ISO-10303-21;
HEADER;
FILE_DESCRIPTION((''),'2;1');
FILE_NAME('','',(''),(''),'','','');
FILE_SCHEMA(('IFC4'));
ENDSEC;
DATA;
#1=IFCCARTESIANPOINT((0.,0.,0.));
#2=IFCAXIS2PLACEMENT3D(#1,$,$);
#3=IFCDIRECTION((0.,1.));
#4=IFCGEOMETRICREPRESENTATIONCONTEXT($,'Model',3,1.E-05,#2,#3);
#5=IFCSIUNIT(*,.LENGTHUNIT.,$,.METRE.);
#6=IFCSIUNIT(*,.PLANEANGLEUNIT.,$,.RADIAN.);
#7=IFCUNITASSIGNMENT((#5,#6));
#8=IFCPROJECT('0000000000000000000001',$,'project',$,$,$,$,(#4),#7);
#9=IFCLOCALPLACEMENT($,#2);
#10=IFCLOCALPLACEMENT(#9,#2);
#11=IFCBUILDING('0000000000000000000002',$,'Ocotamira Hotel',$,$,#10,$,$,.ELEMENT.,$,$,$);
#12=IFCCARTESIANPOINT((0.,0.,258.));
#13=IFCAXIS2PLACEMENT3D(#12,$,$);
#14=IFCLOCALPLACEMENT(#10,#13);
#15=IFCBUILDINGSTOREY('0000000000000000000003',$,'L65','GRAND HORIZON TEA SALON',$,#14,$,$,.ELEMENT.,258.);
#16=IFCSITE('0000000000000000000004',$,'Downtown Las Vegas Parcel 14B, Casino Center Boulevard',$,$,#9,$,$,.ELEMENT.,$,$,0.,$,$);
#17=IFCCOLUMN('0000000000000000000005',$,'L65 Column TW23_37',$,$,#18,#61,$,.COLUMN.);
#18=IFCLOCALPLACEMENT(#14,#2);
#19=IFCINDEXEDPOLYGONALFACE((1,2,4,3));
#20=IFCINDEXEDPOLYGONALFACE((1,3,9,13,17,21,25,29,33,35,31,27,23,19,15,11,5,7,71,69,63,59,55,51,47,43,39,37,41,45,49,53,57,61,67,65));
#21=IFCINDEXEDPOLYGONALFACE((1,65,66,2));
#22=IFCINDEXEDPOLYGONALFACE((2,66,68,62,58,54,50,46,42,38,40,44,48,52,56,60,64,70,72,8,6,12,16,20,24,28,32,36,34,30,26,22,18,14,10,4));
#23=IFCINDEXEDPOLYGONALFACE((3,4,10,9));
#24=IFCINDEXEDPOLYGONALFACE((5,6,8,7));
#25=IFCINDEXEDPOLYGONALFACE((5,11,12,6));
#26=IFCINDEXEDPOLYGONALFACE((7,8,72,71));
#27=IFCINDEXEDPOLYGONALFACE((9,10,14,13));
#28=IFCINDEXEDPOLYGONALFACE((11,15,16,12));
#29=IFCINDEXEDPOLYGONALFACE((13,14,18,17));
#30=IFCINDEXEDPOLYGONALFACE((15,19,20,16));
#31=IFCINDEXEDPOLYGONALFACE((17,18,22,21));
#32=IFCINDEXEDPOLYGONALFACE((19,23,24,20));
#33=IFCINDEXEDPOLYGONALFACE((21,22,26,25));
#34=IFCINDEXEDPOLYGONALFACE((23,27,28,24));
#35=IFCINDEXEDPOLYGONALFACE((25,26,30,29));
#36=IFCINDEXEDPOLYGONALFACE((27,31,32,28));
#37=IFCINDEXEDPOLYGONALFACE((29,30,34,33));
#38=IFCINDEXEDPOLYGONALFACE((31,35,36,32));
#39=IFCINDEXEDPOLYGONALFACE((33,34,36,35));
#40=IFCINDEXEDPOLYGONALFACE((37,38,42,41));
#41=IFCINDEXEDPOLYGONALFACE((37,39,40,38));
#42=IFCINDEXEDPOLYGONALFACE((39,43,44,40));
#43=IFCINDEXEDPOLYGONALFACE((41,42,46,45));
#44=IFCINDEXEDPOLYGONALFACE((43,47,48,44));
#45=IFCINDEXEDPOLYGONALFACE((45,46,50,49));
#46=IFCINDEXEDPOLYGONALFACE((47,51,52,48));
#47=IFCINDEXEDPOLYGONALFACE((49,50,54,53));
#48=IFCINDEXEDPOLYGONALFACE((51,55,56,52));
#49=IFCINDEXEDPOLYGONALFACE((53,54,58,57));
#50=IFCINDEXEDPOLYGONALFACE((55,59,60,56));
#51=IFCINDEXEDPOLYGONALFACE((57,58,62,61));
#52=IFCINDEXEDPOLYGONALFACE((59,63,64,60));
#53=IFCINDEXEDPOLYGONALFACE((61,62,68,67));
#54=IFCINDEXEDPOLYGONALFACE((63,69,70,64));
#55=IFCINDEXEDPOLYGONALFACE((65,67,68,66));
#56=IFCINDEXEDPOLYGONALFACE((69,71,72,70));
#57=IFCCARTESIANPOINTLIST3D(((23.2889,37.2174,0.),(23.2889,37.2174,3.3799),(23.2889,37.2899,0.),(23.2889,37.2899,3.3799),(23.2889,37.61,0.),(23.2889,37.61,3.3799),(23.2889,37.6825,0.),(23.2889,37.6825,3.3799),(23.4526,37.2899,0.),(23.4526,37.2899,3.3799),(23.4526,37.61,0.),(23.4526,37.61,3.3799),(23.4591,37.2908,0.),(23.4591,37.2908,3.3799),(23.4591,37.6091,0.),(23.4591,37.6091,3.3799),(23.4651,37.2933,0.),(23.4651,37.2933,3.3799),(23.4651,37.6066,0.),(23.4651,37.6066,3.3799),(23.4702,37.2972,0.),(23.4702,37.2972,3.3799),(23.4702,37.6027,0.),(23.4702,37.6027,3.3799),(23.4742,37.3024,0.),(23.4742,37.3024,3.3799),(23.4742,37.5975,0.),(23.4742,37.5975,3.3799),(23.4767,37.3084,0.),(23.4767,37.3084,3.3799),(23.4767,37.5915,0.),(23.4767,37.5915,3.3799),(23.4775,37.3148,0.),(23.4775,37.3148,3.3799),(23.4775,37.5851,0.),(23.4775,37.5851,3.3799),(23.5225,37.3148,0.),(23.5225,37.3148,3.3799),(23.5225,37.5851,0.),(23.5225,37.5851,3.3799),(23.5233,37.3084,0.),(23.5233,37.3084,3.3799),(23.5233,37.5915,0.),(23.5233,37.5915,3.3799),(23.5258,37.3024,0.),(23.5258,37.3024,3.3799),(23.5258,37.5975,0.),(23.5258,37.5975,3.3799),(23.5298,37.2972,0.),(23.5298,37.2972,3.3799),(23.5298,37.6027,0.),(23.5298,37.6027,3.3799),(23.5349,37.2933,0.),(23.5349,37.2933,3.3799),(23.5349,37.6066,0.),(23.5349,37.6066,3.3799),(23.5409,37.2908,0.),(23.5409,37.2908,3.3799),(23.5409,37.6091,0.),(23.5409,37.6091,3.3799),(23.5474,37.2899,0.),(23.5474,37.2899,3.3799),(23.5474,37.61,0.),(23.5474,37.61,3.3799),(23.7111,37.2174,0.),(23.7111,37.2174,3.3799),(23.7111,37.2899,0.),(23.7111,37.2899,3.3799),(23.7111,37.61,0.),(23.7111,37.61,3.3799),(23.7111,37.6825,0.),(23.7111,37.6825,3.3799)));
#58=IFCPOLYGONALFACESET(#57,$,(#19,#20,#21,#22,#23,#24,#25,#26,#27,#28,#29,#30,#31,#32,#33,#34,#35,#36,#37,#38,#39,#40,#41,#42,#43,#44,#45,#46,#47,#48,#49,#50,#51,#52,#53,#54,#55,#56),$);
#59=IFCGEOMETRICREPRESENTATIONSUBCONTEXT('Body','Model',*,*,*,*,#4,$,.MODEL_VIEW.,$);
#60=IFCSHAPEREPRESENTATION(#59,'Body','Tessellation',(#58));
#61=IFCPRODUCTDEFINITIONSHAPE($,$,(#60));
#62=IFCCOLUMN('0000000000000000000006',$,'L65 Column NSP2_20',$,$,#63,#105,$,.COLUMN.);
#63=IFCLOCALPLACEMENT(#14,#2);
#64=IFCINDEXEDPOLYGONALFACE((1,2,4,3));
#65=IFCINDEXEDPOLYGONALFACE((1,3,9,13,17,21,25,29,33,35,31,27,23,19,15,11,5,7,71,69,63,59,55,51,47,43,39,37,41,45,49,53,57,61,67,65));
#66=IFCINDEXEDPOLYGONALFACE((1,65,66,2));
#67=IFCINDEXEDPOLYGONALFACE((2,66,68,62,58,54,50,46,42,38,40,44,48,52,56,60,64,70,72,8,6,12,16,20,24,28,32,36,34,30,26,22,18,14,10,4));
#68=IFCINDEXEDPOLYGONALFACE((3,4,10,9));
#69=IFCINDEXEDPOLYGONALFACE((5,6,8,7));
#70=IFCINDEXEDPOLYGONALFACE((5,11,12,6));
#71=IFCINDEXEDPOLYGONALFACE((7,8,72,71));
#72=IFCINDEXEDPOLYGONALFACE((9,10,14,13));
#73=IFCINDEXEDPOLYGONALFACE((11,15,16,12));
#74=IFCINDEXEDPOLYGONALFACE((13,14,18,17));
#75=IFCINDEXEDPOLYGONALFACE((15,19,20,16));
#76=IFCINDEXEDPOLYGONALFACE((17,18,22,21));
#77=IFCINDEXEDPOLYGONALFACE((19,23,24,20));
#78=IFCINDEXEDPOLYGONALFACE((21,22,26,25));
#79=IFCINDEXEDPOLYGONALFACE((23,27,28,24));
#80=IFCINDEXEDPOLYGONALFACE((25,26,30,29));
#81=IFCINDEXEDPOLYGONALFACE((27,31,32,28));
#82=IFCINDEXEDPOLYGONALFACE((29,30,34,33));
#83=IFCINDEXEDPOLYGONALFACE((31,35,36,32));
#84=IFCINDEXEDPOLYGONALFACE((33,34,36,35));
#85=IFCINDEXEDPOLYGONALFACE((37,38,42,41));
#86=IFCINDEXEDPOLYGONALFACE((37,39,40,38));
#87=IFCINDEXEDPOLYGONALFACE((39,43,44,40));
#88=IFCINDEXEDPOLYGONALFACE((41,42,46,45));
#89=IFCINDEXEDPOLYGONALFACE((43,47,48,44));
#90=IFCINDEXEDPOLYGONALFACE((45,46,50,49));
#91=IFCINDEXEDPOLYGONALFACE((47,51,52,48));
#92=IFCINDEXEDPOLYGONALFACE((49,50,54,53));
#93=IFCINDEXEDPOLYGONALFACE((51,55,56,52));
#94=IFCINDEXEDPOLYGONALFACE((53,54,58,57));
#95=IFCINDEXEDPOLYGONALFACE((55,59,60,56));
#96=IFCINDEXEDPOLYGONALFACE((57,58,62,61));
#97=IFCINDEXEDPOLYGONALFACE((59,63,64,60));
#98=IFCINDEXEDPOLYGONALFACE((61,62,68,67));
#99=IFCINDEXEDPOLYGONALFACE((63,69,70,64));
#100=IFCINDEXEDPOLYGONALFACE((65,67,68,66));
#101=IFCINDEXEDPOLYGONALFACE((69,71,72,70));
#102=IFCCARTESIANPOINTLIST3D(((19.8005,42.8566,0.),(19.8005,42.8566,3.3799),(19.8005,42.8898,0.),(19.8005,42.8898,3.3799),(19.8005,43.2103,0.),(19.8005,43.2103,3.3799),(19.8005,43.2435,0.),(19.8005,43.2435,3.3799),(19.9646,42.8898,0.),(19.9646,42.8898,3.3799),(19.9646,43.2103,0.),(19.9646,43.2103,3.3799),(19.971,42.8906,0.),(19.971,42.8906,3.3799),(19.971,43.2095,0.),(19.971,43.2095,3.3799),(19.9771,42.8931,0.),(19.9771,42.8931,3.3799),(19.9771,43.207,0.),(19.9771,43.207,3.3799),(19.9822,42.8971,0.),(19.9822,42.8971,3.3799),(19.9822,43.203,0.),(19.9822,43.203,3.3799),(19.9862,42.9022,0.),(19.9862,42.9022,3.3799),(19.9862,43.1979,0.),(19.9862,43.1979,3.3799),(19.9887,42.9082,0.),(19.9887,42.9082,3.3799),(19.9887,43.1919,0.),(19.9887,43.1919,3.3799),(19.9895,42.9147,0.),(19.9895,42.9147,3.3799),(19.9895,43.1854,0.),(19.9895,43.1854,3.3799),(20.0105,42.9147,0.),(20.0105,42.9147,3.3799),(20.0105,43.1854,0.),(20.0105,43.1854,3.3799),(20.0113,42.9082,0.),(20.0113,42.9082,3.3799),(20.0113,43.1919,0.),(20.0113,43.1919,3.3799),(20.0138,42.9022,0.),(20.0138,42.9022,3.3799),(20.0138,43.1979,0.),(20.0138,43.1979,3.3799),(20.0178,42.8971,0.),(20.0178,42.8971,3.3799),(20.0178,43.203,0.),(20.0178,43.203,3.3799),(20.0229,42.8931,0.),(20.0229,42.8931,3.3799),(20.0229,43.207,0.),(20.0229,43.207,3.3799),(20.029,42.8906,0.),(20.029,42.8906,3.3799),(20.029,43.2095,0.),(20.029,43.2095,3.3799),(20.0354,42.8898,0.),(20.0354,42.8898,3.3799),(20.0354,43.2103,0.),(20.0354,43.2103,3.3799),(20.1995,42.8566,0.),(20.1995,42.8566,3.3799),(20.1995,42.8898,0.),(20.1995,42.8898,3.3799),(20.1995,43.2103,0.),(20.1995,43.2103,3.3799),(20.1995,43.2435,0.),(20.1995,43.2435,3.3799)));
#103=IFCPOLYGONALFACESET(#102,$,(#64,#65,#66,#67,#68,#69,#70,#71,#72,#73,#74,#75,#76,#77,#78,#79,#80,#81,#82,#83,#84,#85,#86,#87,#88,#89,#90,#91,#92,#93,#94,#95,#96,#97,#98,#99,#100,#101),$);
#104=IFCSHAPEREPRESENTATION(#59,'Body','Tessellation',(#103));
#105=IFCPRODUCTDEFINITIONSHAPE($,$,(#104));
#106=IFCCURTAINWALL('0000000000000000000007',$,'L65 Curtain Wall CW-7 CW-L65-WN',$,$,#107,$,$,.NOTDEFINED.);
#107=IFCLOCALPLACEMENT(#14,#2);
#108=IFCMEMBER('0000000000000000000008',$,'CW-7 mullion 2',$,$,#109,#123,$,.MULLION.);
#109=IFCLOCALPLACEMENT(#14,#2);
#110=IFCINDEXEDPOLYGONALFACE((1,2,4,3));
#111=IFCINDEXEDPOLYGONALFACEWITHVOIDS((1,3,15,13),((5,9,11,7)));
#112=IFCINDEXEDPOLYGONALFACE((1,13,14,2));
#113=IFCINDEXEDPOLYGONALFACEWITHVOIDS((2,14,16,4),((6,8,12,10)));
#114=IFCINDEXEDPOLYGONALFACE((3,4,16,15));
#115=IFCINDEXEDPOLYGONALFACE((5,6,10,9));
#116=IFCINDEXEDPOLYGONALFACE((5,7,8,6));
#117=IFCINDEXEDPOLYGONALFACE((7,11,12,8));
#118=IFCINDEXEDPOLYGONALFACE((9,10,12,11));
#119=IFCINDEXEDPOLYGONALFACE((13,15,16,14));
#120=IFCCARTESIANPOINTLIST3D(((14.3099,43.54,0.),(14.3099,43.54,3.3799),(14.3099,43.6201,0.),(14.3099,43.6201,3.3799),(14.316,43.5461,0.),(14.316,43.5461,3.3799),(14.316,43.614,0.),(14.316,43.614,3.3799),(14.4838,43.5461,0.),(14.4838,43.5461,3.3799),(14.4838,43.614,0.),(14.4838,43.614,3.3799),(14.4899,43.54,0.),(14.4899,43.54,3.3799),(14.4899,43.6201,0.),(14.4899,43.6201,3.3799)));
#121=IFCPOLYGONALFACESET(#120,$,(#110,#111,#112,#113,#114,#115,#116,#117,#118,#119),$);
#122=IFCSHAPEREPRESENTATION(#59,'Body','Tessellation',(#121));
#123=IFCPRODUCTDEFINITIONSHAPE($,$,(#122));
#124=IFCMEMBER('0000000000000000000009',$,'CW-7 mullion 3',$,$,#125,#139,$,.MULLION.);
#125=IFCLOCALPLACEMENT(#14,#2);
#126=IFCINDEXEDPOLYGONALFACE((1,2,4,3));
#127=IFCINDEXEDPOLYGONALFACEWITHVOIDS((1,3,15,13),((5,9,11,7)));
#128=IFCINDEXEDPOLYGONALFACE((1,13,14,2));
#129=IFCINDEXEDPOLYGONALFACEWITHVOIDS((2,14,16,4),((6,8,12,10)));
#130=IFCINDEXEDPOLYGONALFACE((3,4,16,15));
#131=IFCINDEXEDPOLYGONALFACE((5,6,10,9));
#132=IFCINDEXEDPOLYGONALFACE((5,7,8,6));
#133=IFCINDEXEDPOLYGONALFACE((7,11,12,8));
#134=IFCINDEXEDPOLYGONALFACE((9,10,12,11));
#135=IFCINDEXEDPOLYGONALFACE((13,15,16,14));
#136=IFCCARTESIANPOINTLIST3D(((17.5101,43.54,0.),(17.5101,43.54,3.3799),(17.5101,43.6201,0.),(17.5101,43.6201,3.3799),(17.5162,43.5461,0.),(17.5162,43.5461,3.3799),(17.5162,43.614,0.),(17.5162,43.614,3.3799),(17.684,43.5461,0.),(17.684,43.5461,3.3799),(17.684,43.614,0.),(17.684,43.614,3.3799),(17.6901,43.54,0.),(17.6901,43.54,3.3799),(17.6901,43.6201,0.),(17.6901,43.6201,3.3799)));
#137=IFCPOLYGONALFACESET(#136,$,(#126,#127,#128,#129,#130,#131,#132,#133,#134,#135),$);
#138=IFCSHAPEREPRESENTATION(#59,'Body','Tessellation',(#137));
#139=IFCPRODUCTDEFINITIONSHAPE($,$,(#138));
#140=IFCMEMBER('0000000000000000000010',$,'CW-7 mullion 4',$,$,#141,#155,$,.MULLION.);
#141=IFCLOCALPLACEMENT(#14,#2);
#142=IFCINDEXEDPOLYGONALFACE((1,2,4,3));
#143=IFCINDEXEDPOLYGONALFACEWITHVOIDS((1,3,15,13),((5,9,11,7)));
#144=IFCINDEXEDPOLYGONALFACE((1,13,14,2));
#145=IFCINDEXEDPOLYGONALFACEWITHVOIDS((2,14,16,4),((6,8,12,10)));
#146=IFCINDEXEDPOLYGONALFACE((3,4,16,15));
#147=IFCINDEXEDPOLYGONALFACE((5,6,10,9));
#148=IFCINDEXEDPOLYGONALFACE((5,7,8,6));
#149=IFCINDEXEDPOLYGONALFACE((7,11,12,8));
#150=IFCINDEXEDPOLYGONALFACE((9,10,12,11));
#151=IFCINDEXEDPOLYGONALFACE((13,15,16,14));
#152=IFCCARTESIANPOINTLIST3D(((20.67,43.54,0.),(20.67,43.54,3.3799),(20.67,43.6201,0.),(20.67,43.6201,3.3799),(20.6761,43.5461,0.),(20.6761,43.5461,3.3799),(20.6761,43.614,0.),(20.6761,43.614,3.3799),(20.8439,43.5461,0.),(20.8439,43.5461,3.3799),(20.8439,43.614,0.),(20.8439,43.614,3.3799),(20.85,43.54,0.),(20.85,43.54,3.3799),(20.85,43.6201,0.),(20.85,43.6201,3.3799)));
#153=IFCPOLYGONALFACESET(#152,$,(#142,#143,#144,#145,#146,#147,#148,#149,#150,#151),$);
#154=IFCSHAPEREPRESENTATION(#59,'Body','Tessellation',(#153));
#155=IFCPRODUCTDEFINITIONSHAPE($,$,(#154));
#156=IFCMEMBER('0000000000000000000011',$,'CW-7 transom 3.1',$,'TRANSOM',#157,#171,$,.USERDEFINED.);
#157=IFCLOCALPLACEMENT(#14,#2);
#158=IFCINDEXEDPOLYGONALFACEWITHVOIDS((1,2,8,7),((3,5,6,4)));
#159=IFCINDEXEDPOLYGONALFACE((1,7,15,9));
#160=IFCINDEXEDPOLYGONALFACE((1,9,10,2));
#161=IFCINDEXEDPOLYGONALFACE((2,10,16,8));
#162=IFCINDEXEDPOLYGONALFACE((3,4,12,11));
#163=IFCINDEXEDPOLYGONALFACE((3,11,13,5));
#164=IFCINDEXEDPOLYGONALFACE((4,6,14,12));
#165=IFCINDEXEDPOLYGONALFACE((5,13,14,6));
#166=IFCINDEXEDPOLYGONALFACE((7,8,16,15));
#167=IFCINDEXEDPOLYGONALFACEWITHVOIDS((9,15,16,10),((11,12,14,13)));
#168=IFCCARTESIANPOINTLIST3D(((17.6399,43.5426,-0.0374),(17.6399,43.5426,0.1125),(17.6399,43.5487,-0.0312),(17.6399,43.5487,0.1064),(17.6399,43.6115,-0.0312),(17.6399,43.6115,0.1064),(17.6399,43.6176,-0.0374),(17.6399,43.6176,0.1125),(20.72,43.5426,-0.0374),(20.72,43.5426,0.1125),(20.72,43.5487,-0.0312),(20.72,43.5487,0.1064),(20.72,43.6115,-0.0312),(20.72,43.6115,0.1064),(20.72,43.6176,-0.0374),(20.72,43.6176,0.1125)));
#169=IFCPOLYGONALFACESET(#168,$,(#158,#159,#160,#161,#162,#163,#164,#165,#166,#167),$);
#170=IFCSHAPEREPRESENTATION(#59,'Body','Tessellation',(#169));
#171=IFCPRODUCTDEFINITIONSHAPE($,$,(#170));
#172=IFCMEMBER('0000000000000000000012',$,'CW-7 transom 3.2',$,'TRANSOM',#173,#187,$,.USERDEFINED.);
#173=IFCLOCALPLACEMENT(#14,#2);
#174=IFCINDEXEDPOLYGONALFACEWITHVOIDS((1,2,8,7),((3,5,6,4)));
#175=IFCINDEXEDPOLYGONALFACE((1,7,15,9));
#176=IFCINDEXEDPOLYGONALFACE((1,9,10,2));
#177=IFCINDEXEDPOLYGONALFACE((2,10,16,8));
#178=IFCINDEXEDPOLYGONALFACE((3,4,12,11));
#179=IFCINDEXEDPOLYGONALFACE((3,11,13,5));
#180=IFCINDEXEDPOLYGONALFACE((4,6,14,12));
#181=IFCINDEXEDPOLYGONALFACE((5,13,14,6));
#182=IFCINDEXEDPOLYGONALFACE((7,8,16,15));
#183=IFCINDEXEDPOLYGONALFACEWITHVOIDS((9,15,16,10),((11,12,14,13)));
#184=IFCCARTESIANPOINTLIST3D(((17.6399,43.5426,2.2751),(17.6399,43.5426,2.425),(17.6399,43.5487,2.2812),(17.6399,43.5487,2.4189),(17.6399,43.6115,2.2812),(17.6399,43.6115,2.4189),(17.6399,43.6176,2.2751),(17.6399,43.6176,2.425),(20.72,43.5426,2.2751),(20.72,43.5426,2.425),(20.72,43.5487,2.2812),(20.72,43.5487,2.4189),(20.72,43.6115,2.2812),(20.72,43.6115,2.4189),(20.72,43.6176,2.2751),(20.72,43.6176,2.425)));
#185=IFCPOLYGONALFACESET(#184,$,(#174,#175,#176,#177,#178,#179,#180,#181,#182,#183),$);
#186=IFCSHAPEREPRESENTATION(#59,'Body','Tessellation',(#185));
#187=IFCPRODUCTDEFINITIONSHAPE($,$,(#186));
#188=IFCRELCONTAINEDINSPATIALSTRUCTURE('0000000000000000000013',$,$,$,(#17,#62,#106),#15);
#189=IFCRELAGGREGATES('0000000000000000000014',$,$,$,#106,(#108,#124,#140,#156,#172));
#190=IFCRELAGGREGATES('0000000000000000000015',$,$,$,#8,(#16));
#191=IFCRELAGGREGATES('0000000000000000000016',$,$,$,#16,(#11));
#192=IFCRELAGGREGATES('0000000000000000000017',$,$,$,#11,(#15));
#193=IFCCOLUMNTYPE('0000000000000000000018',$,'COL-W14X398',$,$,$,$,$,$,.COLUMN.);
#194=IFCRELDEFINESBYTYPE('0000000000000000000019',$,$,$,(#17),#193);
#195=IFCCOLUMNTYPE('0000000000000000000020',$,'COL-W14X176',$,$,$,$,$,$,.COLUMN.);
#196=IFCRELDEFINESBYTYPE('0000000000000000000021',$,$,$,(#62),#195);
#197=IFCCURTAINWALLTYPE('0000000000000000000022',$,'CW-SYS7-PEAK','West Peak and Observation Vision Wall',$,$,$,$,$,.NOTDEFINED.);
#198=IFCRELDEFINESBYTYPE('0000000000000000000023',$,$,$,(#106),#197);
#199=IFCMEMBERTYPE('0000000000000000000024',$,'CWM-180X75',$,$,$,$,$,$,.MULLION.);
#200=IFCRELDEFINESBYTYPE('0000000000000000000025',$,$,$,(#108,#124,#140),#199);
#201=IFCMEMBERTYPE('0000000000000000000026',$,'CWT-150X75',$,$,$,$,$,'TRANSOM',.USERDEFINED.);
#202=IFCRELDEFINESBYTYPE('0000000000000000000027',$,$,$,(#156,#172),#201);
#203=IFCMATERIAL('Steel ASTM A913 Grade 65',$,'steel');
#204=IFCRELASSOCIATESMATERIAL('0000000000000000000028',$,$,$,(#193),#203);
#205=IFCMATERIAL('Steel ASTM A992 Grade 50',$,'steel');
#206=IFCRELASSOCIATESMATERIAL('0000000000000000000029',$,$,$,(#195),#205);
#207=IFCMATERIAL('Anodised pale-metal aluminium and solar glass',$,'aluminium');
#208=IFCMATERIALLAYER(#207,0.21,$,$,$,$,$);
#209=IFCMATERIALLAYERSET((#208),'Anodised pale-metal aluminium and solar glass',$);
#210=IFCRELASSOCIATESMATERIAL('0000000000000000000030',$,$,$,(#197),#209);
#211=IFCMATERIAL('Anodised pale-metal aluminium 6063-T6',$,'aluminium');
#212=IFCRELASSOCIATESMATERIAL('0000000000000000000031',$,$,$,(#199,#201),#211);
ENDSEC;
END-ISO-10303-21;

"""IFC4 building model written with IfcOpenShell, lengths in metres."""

from ifc_helpers import new_model, si_unit, direction, frame, origin, origin_2d, place, context, subcontext, project, spatial, hollow_rectangle, i_section, extrude, source, transform, mapped, material, layer, layer_set, material_profile, profile_set, type_object, element, aggregate, save


model = new_model("IFC4")

# Units and contexts
model_context = context("Model", 3, precision=1e-05, world=origin(), true_north=direction((0.0, 1.0)))
body_context = subcontext(model_context, "Body", "Model", "MODEL_VIEW")
ifc_project = project(units=[si_unit("LENGTHUNIT", "METRE"), si_unit("PLANEANGLEUNIT", "RADIAN")], contexts=[model_context])

# Site, building, storey
site_placement = place(None, origin())
site = spatial("IfcSite", under=ifc_project, at=site_placement, Name="Downtown Las Vegas Parcel 14B, Casino Center Boulevard", CompositionType="ELEMENT", RefElevation=0.0)
building_placement = place(site_placement, origin())
building = spatial("IfcBuilding", under=site, at=building_placement, Name="Ocotamira Hotel", CompositionType="ELEMENT")
storey_placement = place(building_placement, frame((0.0, 0.0, 258.0)))
storey = spatial("IfcBuildingStorey", under=building, at=storey_placement, Name="L65", Description="GRAND HORIZON TEA SALON", CompositionType="ELEMENT", Elevation=258.0)

# Columns
ifc_material_1 = material(Name="Steel ASTM A913 Grade 65", Category="steel")
ifc_material_profile_1 = material_profile(ifc_material_1, i_section(OverallWidth=0.4221, OverallDepth=0.4651, WebThickness=0.0449, FlangeThickness=0.0725, FilletRadius=0.0249, at=origin_2d()), Name="W14X398")
ifc_profile_set_1 = profile_set([ifc_material_profile_1], Name="Steel ASTM A913 Grade 65")
column_type_1 = type_object("IfcColumnType", Name="COL-W14X398", PredefinedType="COLUMN", material=ifc_profile_set_1)
shared_shape_1 = source(origin(), body_context, "Body", "SweptSolid", [
    extrude(i_section(OverallWidth=0.4221, OverallDepth=0.4651, WebThickness=0.0449, FlangeThickness=0.0725, FilletRadius=0.0249, at=origin_2d()), origin(), (0.0, 0.0, 1.0), 3.3799),
])
column_1_placement = place(storey_placement, frame((23.5, 37.45, 0.0), z_axis=(0.0, 0.0, 1.0), x_axis=(1.0, 0.0, 0.0)))
element("IfcColumn", 1, at=column_1_placement, inside=storey, type_object=column_type_1, Name="L65 Column TW23_37", PredefinedType="COLUMN", context=body_context, shape_type="MappedRepresentation", body=[
    mapped(shared_shape_1, transform((0.0, 0.0, 0.0), scale=1.0)),
])
ifc_material_2 = material(Name="Steel ASTM A992 Grade 50", Category="steel")
ifc_material_profile_2 = material_profile(ifc_material_2, i_section(OverallWidth=0.3989, OverallDepth=0.387, WebThickness=0.021, FlangeThickness=0.0332, FilletRadius=0.0249, at=origin_2d()), Name="W14X176")
ifc_profile_set_2 = profile_set([ifc_material_profile_2], Name="Steel ASTM A992 Grade 50")
column_type_2 = type_object("IfcColumnType", Name="COL-W14X176", PredefinedType="COLUMN", material=ifc_profile_set_2)
shared_shape_2 = source(origin(), body_context, "Body", "SweptSolid", [
    extrude(i_section(OverallWidth=0.3989, OverallDepth=0.387, WebThickness=0.021, FlangeThickness=0.0332, FilletRadius=0.0249, at=origin_2d()), origin(), (0.0, 0.0, 1.0), 3.3799),
])
column_2_placement = place(storey_placement, frame((20.0, 43.05, 0.0), z_axis=(0.0, 0.0, 1.0), x_axis=(1.0, 0.0, 0.0)))
element("IfcColumn", 2, at=column_2_placement, inside=storey, type_object=column_type_2, Name="L65 Column NSP2_20", PredefinedType="COLUMN", context=body_context, shape_type="MappedRepresentation", body=[
    mapped(shared_shape_2, transform((0.0, 0.0, 0.0), scale=1.0)),
])

# Curtain wall, members
ifc_material_3 = material(Name="Anodised pale-metal aluminium and solar glass", Category="aluminium")
ifc_layer_1 = layer(ifc_material_3, 0.21)
ifc_layer_set_1 = layer_set([ifc_layer_1], Name="Anodised pale-metal aluminium and solar glass")
curtain_wall_type = type_object("IfcCurtainWallType", Name="CW-SYS7-PEAK", Description="West Peak and Observation Vision Wall", PredefinedType="NOTDEFINED", material=ifc_layer_set_1)
curtain_wall_placement = place(storey_placement, origin())
curtain_wall = element("IfcCurtainWall", 3, at=curtain_wall_placement, inside=storey, type_object=curtain_wall_type, Name="L65 Curtain Wall CW-7 CW-L65-WN", PredefinedType="NOTDEFINED")
ifc_material_4 = material(Name="Anodised pale-metal aluminium 6063-T6", Category="aluminium")
ifc_material_profile_3 = material_profile(ifc_material_4, hollow_rectangle(XDim=0.0801, YDim=0.1799, WallThickness=0.0061, at=origin_2d()), Name="HSS180X80X6")
ifc_profile_set_3 = profile_set([ifc_material_profile_3], Name="Anodised pale-metal aluminium 6063-T6")
member_type_1 = type_object("IfcMemberType", Name="CWM-180X75", PredefinedType="MULLION", material=ifc_profile_set_3)
shared_shape_3 = source(origin(), body_context, "Body", "SweptSolid", [
    extrude(hollow_rectangle(XDim=0.0801, YDim=0.1799, WallThickness=0.0061, at=origin_2d()), origin(), (0.0, 0.0, 1.0), 3.3799),
])
member_1_placement = place(storey_placement, frame((14.3999, 43.5801, 0.0), z_axis=(0.0, 0.0, 1.0), x_axis=(0.0, 1.0, 0.0)))
member_1 = element("IfcMember", 4, at=member_1_placement, type_object=member_type_1, Name="CW-7 mullion 2", PredefinedType="MULLION", context=body_context, shape_type="MappedRepresentation", body=[
    mapped(shared_shape_3, transform((0.0, 0.0, 0.0), scale=1.0)),
])
member_2_placement = place(storey_placement, frame((17.6001, 43.5801, 0.0), z_axis=(0.0, 0.0, 1.0), x_axis=(0.0, 1.0, 0.0)))
member_2 = element("IfcMember", 5, at=member_2_placement, type_object=member_type_1, Name="CW-7 mullion 3", PredefinedType="MULLION", context=body_context, shape_type="MappedRepresentation", body=[
    mapped(shared_shape_3, transform((0.0, 0.0, 0.0), scale=1.0)),
])
member_3_placement = place(storey_placement, frame((20.76, 43.5801, 0.0), z_axis=(0.0, 0.0, 1.0), x_axis=(0.0, 1.0, 0.0)))
member_3 = element("IfcMember", 6, at=member_3_placement, type_object=member_type_1, Name="CW-7 mullion 4", PredefinedType="MULLION", context=body_context, shape_type="MappedRepresentation", body=[
    mapped(shared_shape_3, transform((0.0, 0.0, 0.0), scale=1.0)),
])
ifc_material_profile_4 = material_profile(ifc_material_4, hollow_rectangle(XDim=0.075, YDim=0.1499, WallThickness=0.0061, at=origin_2d()), Name="HSS150X75X6")
ifc_profile_set_4 = profile_set([ifc_material_profile_4], Name="Anodised pale-metal aluminium 6063-T6")
member_type_2 = type_object("IfcMemberType", Name="CWT-150X75", ElementType="TRANSOM", PredefinedType="USERDEFINED", material=ifc_profile_set_4)
shared_shape_4 = source(origin(), body_context, "Body", "SweptSolid", [
    extrude(hollow_rectangle(XDim=0.075, YDim=0.1499, WallThickness=0.0061, at=origin_2d()), origin(), (0.0, 0.0, 1.0), 3.0801),
])
member_4_placement = place(storey_placement, frame((17.6399, 43.5801, 0.0376), z_axis=(1.0, 0.0, 0.0), x_axis=(0.0, 1.0, 0.0)))
member_4 = element("IfcMember", 7, at=member_4_placement, type_object=member_type_2, Name="CW-7 transom 3.1", ObjectType="TRANSOM", PredefinedType="USERDEFINED", context=body_context, shape_type="MappedRepresentation", body=[
    mapped(shared_shape_4, transform((0.0, 0.0, 0.0), scale=1.0)),
])
member_5_placement = place(storey_placement, frame((17.6399, 43.5801, 2.3501), z_axis=(1.0, 0.0, 0.0), x_axis=(0.0, 1.0, 0.0)))
member_5 = element("IfcMember", 8, at=member_5_placement, type_object=member_type_2, Name="CW-7 transom 3.2", ObjectType="TRANSOM", PredefinedType="USERDEFINED", context=body_context, shape_type="MappedRepresentation", body=[
    mapped(shared_shape_4, transform((0.0, 0.0, 0.0), scale=1.0)),
])
aggregate(curtain_wall, [member_1, member_2, member_3, member_4, member_5])

save(model, "model.ifc")
